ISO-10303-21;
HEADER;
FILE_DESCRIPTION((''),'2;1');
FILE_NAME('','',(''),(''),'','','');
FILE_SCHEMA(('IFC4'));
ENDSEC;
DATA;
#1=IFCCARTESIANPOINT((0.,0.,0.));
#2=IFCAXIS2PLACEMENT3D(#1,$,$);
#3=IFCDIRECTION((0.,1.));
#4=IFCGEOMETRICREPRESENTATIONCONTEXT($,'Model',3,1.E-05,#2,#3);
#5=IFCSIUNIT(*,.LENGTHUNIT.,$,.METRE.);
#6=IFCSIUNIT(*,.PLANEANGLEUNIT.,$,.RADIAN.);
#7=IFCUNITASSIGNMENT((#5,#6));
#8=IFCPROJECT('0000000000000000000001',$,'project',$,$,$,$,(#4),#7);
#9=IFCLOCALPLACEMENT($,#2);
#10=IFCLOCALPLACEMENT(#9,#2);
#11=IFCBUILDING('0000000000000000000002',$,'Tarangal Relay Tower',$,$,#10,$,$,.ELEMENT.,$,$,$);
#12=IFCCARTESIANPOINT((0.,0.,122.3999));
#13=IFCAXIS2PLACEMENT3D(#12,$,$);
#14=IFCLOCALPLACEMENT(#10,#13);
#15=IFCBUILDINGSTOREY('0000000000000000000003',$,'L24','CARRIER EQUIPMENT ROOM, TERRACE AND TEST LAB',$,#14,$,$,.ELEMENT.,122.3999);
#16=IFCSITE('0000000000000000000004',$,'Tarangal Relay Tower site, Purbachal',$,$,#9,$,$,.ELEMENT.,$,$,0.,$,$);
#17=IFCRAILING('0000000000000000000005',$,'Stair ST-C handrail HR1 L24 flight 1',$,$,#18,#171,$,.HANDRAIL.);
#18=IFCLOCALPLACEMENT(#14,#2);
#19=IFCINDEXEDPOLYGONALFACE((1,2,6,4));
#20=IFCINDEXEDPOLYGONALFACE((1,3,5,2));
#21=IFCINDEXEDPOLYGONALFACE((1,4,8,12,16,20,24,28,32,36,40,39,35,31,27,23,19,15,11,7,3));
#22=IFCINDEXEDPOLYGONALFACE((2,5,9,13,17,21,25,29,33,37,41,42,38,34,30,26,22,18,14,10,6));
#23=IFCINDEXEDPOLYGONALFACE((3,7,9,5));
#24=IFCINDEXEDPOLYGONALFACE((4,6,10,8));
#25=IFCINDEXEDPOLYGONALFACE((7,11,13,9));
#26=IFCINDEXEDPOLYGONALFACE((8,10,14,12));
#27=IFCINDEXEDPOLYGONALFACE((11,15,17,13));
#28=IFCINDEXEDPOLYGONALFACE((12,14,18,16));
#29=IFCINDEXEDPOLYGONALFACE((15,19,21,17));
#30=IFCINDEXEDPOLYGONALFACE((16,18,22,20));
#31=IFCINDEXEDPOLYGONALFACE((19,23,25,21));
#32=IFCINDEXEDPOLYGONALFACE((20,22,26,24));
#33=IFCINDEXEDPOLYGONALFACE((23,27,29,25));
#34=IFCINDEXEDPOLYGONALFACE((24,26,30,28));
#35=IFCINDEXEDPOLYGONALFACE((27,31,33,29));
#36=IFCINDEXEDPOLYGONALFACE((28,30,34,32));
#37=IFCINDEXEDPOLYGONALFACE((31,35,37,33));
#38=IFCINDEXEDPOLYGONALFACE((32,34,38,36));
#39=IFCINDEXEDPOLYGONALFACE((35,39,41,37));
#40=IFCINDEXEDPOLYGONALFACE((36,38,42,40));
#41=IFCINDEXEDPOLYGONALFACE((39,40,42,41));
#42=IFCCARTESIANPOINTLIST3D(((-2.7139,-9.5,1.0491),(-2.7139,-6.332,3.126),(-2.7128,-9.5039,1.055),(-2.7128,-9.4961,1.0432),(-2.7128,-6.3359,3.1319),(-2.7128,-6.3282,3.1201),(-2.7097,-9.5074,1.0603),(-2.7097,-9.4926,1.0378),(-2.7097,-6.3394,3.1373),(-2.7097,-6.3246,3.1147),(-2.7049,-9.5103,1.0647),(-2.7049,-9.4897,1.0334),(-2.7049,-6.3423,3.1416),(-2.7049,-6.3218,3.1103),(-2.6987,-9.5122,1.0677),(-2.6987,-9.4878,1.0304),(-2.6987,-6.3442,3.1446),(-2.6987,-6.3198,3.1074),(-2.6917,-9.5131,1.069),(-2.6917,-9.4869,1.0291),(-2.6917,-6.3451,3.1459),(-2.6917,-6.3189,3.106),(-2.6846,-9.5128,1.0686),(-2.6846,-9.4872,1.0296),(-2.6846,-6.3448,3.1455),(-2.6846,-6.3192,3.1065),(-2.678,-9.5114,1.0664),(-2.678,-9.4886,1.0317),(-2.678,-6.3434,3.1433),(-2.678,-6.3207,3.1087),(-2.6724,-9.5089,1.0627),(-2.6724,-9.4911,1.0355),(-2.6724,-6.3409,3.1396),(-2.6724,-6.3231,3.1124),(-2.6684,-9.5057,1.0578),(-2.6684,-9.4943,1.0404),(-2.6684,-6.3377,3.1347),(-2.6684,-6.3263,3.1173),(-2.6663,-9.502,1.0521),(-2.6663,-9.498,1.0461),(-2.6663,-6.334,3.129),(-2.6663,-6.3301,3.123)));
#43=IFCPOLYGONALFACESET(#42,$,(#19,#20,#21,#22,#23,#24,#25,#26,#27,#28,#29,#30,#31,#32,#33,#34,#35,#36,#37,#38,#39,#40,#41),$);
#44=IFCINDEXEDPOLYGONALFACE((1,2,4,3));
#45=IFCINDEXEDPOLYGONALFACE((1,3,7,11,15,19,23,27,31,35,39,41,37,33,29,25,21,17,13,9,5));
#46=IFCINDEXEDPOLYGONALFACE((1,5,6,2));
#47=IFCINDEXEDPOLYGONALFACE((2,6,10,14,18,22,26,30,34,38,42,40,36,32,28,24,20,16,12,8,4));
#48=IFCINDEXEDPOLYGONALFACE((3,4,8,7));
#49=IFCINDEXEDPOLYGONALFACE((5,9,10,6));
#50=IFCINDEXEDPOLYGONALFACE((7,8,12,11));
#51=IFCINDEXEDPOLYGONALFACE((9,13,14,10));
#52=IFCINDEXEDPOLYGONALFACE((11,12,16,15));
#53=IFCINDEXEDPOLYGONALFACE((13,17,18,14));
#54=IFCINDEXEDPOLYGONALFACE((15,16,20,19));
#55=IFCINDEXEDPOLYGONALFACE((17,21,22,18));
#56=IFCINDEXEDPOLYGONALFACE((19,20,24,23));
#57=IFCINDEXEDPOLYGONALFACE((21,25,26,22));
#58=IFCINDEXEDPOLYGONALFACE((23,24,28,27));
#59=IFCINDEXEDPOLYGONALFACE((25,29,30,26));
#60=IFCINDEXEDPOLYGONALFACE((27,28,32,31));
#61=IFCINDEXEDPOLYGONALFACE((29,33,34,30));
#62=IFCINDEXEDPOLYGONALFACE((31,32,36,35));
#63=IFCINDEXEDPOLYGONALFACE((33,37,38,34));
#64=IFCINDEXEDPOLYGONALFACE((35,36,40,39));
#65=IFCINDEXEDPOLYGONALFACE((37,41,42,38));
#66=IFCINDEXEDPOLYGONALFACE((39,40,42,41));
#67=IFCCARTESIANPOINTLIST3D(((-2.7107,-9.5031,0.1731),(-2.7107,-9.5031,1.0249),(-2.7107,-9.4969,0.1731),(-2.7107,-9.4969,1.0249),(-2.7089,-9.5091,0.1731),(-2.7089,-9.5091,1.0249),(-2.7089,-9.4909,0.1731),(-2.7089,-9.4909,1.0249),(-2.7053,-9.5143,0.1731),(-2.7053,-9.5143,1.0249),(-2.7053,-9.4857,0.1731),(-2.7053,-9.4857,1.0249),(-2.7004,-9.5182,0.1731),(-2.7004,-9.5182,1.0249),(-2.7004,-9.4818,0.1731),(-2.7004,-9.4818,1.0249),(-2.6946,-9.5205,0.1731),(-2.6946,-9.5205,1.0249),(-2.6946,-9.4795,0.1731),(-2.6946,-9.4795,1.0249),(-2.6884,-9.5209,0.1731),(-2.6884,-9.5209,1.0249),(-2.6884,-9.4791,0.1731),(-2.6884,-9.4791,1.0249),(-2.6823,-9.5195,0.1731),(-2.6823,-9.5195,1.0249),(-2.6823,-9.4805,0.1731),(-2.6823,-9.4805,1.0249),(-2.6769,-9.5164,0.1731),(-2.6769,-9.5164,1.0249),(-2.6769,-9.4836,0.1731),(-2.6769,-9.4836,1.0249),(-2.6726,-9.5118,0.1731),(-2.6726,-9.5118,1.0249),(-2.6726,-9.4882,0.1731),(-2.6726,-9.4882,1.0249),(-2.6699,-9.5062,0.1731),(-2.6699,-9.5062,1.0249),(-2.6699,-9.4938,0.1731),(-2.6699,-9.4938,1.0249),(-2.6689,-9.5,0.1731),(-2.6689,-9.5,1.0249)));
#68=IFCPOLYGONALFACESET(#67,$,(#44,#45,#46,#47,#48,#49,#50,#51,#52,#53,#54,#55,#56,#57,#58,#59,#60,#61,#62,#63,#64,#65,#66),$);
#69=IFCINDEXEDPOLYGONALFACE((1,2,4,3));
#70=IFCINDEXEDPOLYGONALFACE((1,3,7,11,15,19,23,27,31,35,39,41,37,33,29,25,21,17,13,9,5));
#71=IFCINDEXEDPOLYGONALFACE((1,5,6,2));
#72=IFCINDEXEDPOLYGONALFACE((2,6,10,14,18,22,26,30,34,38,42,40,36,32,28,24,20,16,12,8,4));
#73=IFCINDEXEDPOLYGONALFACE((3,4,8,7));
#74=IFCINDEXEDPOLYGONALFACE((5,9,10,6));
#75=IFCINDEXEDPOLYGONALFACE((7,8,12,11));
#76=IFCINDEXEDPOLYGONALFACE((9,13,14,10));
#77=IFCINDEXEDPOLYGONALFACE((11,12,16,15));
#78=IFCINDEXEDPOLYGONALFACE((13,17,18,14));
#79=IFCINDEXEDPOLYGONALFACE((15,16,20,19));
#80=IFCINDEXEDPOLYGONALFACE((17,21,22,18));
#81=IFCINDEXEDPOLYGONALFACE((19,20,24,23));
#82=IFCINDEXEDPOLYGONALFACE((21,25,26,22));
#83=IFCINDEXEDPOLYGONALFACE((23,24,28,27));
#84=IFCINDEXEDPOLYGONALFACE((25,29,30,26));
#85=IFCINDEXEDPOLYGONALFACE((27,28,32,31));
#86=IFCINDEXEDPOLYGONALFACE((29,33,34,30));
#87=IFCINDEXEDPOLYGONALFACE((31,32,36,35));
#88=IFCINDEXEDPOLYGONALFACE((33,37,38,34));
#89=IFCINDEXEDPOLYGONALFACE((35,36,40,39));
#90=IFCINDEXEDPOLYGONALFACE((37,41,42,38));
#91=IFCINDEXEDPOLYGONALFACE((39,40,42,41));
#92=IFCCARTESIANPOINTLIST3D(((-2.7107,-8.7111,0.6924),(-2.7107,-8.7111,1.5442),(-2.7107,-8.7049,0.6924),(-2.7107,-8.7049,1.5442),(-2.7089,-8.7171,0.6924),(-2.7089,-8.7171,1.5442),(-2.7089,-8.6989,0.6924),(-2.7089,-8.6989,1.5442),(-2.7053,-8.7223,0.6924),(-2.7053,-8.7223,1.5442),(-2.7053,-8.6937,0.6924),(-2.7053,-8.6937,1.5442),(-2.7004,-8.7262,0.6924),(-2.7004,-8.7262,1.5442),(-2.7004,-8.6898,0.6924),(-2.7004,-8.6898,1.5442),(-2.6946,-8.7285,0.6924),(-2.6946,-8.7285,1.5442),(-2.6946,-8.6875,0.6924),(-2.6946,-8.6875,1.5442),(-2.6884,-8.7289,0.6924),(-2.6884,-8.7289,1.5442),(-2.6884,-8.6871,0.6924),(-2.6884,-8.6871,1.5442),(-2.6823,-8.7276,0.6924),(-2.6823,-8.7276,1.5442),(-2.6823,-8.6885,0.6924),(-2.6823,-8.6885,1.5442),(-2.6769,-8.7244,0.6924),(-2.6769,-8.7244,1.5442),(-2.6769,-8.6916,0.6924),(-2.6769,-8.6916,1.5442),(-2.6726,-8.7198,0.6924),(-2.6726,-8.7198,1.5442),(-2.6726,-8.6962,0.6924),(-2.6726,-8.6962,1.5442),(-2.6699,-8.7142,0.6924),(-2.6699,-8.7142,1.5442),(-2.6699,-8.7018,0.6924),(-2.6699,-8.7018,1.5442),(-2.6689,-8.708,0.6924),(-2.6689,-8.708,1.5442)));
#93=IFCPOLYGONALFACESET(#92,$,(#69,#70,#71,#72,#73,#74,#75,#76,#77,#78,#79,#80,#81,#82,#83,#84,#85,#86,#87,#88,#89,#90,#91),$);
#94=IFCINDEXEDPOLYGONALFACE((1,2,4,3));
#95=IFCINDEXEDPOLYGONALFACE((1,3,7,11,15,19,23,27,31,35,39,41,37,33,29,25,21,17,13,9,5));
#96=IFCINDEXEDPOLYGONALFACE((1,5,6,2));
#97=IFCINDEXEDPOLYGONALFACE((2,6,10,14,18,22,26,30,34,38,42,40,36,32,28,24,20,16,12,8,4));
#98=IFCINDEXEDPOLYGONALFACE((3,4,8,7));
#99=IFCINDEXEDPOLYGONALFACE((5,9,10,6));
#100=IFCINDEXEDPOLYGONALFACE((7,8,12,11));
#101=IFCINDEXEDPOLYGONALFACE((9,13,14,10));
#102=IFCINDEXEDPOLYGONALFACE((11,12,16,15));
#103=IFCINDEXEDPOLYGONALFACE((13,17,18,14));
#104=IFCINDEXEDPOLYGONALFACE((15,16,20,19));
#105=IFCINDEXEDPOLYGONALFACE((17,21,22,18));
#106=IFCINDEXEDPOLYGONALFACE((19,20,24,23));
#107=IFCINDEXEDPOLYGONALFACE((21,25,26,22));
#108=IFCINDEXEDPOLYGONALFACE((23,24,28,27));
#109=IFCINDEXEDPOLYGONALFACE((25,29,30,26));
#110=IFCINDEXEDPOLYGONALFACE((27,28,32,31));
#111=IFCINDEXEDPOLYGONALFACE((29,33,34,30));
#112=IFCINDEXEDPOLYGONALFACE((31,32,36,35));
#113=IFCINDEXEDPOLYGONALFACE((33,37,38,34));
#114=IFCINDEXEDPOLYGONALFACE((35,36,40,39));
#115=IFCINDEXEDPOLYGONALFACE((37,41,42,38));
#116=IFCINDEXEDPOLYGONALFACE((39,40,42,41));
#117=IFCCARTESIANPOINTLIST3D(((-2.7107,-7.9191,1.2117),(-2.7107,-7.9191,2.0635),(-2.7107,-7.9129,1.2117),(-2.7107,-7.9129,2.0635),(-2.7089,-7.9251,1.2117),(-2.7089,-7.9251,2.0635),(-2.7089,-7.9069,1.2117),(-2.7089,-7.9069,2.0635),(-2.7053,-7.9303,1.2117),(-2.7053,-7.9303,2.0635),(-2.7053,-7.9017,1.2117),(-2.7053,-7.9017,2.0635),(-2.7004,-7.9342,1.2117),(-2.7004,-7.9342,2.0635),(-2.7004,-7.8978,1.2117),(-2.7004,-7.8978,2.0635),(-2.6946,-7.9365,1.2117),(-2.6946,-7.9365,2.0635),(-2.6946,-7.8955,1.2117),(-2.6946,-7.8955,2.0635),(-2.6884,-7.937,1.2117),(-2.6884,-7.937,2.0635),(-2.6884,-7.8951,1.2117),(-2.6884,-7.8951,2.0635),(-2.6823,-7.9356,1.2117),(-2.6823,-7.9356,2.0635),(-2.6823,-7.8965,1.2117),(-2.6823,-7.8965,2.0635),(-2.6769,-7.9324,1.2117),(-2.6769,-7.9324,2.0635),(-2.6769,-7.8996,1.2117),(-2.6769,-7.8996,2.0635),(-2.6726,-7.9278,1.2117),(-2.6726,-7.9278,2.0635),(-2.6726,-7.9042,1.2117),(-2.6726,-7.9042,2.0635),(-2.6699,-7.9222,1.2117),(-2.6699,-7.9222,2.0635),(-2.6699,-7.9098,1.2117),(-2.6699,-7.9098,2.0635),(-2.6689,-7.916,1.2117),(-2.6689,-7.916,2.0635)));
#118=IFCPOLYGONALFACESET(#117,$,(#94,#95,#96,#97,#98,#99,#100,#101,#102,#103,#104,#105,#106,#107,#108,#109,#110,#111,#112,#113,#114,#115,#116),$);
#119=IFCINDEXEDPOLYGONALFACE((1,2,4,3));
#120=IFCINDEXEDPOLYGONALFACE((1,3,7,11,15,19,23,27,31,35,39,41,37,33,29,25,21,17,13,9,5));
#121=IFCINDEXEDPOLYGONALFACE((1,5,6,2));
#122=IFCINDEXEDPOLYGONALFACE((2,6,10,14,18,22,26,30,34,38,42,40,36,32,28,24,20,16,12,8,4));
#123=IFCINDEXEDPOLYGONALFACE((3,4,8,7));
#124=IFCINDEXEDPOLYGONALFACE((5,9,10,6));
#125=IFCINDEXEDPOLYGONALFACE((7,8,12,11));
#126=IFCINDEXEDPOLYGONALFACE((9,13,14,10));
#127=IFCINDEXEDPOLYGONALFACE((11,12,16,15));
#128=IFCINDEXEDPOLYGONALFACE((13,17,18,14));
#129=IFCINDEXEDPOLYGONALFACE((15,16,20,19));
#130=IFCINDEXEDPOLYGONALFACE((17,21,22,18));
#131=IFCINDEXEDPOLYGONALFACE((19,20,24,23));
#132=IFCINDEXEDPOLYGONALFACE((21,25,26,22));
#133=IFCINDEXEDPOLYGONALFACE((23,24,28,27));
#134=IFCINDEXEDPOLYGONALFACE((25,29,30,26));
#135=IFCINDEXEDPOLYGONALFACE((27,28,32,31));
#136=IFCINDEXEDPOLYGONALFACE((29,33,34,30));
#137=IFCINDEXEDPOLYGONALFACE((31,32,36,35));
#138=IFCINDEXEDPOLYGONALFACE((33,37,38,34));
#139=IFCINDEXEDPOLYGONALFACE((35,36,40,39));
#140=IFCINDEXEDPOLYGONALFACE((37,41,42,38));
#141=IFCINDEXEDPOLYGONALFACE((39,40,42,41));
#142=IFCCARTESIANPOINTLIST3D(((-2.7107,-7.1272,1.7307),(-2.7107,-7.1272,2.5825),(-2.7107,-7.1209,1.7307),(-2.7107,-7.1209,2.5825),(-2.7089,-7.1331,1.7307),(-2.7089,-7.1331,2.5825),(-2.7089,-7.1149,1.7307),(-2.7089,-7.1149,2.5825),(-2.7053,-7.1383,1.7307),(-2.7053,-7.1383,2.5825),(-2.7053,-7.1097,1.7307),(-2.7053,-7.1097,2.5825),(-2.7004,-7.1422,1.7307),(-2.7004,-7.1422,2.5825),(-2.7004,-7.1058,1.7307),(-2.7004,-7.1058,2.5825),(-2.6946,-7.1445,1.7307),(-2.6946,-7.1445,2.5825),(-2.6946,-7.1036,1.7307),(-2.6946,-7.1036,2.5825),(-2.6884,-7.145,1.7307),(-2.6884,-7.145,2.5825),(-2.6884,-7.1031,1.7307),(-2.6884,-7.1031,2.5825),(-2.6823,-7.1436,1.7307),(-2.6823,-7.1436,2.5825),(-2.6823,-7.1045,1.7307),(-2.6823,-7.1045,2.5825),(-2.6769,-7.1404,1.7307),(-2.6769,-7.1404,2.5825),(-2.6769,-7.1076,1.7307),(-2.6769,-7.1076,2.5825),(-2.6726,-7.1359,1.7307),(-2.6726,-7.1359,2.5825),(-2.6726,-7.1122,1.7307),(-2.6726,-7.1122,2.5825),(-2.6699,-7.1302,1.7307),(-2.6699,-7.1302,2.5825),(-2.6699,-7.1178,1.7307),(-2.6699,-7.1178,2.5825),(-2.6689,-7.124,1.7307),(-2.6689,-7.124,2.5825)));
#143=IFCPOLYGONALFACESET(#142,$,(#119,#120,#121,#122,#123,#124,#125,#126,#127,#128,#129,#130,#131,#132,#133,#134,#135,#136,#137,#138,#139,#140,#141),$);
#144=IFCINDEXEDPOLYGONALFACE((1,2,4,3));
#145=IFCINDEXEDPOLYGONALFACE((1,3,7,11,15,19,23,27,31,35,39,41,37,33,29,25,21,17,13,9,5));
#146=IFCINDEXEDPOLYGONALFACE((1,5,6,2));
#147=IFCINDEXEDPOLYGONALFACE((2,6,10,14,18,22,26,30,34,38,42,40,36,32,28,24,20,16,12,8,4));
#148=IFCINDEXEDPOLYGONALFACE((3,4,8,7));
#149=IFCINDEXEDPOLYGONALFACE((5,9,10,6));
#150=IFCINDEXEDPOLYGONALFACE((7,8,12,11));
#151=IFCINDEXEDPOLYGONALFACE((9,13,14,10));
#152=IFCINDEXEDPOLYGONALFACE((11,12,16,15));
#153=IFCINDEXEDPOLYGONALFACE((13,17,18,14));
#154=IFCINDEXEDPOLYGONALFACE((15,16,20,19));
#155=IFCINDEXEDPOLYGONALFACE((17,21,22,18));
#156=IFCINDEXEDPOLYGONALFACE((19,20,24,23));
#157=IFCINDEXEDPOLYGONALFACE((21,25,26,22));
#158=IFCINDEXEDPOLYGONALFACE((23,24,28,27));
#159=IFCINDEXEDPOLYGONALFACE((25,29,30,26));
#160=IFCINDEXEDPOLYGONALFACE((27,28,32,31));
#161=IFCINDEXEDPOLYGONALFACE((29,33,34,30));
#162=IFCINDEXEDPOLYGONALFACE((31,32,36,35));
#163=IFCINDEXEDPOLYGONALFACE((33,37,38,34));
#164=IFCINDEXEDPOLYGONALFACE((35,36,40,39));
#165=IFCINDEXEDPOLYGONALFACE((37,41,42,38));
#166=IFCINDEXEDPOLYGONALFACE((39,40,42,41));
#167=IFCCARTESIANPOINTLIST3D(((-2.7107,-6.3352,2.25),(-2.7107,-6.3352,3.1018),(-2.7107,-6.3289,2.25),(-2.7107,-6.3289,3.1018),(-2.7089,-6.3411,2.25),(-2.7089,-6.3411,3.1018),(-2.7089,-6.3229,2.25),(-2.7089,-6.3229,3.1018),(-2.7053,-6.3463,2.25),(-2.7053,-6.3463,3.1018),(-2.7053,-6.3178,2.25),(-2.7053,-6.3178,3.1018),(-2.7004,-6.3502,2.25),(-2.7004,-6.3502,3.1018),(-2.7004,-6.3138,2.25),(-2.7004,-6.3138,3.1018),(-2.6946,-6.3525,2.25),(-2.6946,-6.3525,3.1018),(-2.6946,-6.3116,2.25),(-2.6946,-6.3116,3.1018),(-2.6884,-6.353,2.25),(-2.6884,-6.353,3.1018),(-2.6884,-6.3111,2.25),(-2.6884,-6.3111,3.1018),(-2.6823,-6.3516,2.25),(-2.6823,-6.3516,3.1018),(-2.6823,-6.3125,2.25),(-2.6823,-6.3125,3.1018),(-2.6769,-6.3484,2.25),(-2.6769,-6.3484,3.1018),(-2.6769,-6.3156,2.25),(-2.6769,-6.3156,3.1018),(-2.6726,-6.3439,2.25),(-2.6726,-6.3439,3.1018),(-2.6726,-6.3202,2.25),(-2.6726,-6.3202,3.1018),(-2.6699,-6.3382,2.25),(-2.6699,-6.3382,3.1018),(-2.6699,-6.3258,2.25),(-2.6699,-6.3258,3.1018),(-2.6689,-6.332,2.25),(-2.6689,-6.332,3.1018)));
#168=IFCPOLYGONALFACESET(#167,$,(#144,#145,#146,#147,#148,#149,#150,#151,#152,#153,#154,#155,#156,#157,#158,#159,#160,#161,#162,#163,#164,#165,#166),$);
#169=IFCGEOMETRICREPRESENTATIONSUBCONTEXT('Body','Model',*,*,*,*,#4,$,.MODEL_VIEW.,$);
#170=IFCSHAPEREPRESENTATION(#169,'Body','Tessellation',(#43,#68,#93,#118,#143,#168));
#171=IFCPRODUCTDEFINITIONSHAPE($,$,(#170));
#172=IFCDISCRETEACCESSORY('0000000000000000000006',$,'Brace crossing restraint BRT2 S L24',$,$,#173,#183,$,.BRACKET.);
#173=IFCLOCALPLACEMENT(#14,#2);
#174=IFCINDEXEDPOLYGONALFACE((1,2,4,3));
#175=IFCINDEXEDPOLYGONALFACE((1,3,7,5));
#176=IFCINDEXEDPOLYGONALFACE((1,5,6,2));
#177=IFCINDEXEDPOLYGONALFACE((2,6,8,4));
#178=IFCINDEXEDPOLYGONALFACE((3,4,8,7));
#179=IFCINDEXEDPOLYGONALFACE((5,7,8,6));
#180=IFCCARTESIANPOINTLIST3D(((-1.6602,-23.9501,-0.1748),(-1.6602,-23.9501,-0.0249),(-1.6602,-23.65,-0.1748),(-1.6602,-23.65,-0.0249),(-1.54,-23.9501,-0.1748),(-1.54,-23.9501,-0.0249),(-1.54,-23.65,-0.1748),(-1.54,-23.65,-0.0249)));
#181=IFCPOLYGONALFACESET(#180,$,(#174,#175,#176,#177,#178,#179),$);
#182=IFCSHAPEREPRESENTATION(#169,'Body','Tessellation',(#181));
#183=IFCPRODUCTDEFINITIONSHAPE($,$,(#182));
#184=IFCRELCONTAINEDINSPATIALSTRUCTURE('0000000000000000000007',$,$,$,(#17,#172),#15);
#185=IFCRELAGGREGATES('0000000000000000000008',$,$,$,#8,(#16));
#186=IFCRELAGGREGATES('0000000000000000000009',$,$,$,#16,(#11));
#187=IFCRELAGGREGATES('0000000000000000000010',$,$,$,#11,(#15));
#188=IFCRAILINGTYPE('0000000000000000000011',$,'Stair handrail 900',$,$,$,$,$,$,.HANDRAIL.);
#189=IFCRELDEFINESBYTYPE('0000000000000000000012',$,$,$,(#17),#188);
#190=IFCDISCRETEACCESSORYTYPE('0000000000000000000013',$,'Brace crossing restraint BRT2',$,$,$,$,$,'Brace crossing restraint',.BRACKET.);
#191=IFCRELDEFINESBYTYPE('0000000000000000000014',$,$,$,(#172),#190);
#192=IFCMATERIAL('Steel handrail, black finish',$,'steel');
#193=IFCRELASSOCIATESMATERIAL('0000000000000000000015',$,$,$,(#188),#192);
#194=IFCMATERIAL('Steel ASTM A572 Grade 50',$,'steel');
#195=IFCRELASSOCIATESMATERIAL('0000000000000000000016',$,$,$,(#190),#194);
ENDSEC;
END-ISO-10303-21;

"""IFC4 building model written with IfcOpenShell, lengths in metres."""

from ifc_helpers import new_model, si_unit, direction, frame, origin, origin_2d, place, context, subcontext, project, spatial, rectangle, circle, extrude, material, type_object, element, save


model = new_model("IFC4")

# Units and contexts
model_context = context("Model", 3, precision=1e-05, world=origin(), true_north=direction((0.0, 1.0)))
body_context = subcontext(model_context, "Body", "Model", "MODEL_VIEW")
ifc_project = project(units=[si_unit("LENGTHUNIT", "METRE"), si_unit("PLANEANGLEUNIT", "RADIAN")], contexts=[model_context])

# Site, building, storey
site_placement = place(None, origin())
site = spatial("IfcSite", under=ifc_project, at=site_placement, Name="Tarangal Relay Tower site, Purbachal", CompositionType="ELEMENT", RefElevation=0.0)
building_placement = place(site_placement, origin())
building = spatial("IfcBuilding", under=site, at=building_placement, Name="Tarangal Relay Tower", CompositionType="ELEMENT")
storey_placement = place(building_placement, frame((0.0, 0.0, 122.3999)))
storey = spatial("IfcBuildingStorey", under=building, at=storey_placement, Name="L24", Description="CARRIER EQUIPMENT ROOM, TERRACE AND TEST LAB", CompositionType="ELEMENT", Elevation=122.3999)

# Shared definitions
ifc_material_1 = material(Name="Steel ASTM A572 Grade 50", Category="steel")

# Railing
ifc_material_2 = material(Name="Steel handrail, black finish", Category="steel")
railing_type_1 = type_object("IfcRailingType", Name="Stair handrail 900", PredefinedType="HANDRAIL", material=ifc_material_2)
railing_1_placement = place(storey_placement, frame((-2.6899, -9.5, 0.1731)))
element("IfcRailing", 1, at=railing_1_placement, inside=storey, type_object=railing_type_1, Name="Stair ST-C handrail HR1 L24 flight 1", PredefinedType="HANDRAIL", context=body_context, shape_type="SweptSolid", body=[
    extrude(circle(Radius=0.0239, at=origin_2d()), frame((0.0, 0.0, 0.876), z_axis=(0.0, 0.836299, 0.548273), x_axis=(-1.0, 0.0, 0.0)), (0.0, 0.0, 1.0), 3.7881),
    extrude(circle(Radius=0.021, at=origin_2d()), origin(), (0.0, 0.0, 1.0), 0.8518),
    extrude(circle(Radius=0.021, at=origin_2d()), frame((0.0, 0.792, 0.5193)), (0.0, 0.0, 1.0), 0.8518),
    extrude(circle(Radius=0.021, at=origin_2d()), frame((0.0, 1.584, 1.0386)), (0.0, 0.0, 1.0), 0.8518),
    extrude(circle(Radius=0.021, at=origin_2d()), frame((0.0, 2.376, 1.5576)), (0.0, 0.0, 1.0), 0.8518),
    extrude(circle(Radius=0.021, at=origin_2d()), frame((0.0, 3.168, 2.0769)), (0.0, 0.0, 1.0), 0.8518),
])

# Discrete accessory
discrete_accessory_type = type_object("IfcDiscreteAccessoryType", Name="Brace crossing restraint BRT2", ElementType="Brace crossing restraint", PredefinedType="BRACKET", material=ifc_material_1)
discrete_accessory_placement = place(storey_placement, frame((-1.6001, -23.8, -0.1748), z_axis=(0.0, 0.0, 1.0), x_axis=(1.0, 0.0, 0.0)))
element("IfcDiscreteAccessory", 2, at=discrete_accessory_placement, inside=storey, type_object=discrete_accessory_type, Name="Brace crossing restraint BRT2 S L24", PredefinedType="BRACKET", context=body_context, shape_type="SweptSolid", body=[
    extrude(rectangle(XDim=0.1201, YDim=0.3, at=origin_2d()), origin(), (0.0, 0.0, 1.0), 0.1499),
])

save(model, "model.ifc")
